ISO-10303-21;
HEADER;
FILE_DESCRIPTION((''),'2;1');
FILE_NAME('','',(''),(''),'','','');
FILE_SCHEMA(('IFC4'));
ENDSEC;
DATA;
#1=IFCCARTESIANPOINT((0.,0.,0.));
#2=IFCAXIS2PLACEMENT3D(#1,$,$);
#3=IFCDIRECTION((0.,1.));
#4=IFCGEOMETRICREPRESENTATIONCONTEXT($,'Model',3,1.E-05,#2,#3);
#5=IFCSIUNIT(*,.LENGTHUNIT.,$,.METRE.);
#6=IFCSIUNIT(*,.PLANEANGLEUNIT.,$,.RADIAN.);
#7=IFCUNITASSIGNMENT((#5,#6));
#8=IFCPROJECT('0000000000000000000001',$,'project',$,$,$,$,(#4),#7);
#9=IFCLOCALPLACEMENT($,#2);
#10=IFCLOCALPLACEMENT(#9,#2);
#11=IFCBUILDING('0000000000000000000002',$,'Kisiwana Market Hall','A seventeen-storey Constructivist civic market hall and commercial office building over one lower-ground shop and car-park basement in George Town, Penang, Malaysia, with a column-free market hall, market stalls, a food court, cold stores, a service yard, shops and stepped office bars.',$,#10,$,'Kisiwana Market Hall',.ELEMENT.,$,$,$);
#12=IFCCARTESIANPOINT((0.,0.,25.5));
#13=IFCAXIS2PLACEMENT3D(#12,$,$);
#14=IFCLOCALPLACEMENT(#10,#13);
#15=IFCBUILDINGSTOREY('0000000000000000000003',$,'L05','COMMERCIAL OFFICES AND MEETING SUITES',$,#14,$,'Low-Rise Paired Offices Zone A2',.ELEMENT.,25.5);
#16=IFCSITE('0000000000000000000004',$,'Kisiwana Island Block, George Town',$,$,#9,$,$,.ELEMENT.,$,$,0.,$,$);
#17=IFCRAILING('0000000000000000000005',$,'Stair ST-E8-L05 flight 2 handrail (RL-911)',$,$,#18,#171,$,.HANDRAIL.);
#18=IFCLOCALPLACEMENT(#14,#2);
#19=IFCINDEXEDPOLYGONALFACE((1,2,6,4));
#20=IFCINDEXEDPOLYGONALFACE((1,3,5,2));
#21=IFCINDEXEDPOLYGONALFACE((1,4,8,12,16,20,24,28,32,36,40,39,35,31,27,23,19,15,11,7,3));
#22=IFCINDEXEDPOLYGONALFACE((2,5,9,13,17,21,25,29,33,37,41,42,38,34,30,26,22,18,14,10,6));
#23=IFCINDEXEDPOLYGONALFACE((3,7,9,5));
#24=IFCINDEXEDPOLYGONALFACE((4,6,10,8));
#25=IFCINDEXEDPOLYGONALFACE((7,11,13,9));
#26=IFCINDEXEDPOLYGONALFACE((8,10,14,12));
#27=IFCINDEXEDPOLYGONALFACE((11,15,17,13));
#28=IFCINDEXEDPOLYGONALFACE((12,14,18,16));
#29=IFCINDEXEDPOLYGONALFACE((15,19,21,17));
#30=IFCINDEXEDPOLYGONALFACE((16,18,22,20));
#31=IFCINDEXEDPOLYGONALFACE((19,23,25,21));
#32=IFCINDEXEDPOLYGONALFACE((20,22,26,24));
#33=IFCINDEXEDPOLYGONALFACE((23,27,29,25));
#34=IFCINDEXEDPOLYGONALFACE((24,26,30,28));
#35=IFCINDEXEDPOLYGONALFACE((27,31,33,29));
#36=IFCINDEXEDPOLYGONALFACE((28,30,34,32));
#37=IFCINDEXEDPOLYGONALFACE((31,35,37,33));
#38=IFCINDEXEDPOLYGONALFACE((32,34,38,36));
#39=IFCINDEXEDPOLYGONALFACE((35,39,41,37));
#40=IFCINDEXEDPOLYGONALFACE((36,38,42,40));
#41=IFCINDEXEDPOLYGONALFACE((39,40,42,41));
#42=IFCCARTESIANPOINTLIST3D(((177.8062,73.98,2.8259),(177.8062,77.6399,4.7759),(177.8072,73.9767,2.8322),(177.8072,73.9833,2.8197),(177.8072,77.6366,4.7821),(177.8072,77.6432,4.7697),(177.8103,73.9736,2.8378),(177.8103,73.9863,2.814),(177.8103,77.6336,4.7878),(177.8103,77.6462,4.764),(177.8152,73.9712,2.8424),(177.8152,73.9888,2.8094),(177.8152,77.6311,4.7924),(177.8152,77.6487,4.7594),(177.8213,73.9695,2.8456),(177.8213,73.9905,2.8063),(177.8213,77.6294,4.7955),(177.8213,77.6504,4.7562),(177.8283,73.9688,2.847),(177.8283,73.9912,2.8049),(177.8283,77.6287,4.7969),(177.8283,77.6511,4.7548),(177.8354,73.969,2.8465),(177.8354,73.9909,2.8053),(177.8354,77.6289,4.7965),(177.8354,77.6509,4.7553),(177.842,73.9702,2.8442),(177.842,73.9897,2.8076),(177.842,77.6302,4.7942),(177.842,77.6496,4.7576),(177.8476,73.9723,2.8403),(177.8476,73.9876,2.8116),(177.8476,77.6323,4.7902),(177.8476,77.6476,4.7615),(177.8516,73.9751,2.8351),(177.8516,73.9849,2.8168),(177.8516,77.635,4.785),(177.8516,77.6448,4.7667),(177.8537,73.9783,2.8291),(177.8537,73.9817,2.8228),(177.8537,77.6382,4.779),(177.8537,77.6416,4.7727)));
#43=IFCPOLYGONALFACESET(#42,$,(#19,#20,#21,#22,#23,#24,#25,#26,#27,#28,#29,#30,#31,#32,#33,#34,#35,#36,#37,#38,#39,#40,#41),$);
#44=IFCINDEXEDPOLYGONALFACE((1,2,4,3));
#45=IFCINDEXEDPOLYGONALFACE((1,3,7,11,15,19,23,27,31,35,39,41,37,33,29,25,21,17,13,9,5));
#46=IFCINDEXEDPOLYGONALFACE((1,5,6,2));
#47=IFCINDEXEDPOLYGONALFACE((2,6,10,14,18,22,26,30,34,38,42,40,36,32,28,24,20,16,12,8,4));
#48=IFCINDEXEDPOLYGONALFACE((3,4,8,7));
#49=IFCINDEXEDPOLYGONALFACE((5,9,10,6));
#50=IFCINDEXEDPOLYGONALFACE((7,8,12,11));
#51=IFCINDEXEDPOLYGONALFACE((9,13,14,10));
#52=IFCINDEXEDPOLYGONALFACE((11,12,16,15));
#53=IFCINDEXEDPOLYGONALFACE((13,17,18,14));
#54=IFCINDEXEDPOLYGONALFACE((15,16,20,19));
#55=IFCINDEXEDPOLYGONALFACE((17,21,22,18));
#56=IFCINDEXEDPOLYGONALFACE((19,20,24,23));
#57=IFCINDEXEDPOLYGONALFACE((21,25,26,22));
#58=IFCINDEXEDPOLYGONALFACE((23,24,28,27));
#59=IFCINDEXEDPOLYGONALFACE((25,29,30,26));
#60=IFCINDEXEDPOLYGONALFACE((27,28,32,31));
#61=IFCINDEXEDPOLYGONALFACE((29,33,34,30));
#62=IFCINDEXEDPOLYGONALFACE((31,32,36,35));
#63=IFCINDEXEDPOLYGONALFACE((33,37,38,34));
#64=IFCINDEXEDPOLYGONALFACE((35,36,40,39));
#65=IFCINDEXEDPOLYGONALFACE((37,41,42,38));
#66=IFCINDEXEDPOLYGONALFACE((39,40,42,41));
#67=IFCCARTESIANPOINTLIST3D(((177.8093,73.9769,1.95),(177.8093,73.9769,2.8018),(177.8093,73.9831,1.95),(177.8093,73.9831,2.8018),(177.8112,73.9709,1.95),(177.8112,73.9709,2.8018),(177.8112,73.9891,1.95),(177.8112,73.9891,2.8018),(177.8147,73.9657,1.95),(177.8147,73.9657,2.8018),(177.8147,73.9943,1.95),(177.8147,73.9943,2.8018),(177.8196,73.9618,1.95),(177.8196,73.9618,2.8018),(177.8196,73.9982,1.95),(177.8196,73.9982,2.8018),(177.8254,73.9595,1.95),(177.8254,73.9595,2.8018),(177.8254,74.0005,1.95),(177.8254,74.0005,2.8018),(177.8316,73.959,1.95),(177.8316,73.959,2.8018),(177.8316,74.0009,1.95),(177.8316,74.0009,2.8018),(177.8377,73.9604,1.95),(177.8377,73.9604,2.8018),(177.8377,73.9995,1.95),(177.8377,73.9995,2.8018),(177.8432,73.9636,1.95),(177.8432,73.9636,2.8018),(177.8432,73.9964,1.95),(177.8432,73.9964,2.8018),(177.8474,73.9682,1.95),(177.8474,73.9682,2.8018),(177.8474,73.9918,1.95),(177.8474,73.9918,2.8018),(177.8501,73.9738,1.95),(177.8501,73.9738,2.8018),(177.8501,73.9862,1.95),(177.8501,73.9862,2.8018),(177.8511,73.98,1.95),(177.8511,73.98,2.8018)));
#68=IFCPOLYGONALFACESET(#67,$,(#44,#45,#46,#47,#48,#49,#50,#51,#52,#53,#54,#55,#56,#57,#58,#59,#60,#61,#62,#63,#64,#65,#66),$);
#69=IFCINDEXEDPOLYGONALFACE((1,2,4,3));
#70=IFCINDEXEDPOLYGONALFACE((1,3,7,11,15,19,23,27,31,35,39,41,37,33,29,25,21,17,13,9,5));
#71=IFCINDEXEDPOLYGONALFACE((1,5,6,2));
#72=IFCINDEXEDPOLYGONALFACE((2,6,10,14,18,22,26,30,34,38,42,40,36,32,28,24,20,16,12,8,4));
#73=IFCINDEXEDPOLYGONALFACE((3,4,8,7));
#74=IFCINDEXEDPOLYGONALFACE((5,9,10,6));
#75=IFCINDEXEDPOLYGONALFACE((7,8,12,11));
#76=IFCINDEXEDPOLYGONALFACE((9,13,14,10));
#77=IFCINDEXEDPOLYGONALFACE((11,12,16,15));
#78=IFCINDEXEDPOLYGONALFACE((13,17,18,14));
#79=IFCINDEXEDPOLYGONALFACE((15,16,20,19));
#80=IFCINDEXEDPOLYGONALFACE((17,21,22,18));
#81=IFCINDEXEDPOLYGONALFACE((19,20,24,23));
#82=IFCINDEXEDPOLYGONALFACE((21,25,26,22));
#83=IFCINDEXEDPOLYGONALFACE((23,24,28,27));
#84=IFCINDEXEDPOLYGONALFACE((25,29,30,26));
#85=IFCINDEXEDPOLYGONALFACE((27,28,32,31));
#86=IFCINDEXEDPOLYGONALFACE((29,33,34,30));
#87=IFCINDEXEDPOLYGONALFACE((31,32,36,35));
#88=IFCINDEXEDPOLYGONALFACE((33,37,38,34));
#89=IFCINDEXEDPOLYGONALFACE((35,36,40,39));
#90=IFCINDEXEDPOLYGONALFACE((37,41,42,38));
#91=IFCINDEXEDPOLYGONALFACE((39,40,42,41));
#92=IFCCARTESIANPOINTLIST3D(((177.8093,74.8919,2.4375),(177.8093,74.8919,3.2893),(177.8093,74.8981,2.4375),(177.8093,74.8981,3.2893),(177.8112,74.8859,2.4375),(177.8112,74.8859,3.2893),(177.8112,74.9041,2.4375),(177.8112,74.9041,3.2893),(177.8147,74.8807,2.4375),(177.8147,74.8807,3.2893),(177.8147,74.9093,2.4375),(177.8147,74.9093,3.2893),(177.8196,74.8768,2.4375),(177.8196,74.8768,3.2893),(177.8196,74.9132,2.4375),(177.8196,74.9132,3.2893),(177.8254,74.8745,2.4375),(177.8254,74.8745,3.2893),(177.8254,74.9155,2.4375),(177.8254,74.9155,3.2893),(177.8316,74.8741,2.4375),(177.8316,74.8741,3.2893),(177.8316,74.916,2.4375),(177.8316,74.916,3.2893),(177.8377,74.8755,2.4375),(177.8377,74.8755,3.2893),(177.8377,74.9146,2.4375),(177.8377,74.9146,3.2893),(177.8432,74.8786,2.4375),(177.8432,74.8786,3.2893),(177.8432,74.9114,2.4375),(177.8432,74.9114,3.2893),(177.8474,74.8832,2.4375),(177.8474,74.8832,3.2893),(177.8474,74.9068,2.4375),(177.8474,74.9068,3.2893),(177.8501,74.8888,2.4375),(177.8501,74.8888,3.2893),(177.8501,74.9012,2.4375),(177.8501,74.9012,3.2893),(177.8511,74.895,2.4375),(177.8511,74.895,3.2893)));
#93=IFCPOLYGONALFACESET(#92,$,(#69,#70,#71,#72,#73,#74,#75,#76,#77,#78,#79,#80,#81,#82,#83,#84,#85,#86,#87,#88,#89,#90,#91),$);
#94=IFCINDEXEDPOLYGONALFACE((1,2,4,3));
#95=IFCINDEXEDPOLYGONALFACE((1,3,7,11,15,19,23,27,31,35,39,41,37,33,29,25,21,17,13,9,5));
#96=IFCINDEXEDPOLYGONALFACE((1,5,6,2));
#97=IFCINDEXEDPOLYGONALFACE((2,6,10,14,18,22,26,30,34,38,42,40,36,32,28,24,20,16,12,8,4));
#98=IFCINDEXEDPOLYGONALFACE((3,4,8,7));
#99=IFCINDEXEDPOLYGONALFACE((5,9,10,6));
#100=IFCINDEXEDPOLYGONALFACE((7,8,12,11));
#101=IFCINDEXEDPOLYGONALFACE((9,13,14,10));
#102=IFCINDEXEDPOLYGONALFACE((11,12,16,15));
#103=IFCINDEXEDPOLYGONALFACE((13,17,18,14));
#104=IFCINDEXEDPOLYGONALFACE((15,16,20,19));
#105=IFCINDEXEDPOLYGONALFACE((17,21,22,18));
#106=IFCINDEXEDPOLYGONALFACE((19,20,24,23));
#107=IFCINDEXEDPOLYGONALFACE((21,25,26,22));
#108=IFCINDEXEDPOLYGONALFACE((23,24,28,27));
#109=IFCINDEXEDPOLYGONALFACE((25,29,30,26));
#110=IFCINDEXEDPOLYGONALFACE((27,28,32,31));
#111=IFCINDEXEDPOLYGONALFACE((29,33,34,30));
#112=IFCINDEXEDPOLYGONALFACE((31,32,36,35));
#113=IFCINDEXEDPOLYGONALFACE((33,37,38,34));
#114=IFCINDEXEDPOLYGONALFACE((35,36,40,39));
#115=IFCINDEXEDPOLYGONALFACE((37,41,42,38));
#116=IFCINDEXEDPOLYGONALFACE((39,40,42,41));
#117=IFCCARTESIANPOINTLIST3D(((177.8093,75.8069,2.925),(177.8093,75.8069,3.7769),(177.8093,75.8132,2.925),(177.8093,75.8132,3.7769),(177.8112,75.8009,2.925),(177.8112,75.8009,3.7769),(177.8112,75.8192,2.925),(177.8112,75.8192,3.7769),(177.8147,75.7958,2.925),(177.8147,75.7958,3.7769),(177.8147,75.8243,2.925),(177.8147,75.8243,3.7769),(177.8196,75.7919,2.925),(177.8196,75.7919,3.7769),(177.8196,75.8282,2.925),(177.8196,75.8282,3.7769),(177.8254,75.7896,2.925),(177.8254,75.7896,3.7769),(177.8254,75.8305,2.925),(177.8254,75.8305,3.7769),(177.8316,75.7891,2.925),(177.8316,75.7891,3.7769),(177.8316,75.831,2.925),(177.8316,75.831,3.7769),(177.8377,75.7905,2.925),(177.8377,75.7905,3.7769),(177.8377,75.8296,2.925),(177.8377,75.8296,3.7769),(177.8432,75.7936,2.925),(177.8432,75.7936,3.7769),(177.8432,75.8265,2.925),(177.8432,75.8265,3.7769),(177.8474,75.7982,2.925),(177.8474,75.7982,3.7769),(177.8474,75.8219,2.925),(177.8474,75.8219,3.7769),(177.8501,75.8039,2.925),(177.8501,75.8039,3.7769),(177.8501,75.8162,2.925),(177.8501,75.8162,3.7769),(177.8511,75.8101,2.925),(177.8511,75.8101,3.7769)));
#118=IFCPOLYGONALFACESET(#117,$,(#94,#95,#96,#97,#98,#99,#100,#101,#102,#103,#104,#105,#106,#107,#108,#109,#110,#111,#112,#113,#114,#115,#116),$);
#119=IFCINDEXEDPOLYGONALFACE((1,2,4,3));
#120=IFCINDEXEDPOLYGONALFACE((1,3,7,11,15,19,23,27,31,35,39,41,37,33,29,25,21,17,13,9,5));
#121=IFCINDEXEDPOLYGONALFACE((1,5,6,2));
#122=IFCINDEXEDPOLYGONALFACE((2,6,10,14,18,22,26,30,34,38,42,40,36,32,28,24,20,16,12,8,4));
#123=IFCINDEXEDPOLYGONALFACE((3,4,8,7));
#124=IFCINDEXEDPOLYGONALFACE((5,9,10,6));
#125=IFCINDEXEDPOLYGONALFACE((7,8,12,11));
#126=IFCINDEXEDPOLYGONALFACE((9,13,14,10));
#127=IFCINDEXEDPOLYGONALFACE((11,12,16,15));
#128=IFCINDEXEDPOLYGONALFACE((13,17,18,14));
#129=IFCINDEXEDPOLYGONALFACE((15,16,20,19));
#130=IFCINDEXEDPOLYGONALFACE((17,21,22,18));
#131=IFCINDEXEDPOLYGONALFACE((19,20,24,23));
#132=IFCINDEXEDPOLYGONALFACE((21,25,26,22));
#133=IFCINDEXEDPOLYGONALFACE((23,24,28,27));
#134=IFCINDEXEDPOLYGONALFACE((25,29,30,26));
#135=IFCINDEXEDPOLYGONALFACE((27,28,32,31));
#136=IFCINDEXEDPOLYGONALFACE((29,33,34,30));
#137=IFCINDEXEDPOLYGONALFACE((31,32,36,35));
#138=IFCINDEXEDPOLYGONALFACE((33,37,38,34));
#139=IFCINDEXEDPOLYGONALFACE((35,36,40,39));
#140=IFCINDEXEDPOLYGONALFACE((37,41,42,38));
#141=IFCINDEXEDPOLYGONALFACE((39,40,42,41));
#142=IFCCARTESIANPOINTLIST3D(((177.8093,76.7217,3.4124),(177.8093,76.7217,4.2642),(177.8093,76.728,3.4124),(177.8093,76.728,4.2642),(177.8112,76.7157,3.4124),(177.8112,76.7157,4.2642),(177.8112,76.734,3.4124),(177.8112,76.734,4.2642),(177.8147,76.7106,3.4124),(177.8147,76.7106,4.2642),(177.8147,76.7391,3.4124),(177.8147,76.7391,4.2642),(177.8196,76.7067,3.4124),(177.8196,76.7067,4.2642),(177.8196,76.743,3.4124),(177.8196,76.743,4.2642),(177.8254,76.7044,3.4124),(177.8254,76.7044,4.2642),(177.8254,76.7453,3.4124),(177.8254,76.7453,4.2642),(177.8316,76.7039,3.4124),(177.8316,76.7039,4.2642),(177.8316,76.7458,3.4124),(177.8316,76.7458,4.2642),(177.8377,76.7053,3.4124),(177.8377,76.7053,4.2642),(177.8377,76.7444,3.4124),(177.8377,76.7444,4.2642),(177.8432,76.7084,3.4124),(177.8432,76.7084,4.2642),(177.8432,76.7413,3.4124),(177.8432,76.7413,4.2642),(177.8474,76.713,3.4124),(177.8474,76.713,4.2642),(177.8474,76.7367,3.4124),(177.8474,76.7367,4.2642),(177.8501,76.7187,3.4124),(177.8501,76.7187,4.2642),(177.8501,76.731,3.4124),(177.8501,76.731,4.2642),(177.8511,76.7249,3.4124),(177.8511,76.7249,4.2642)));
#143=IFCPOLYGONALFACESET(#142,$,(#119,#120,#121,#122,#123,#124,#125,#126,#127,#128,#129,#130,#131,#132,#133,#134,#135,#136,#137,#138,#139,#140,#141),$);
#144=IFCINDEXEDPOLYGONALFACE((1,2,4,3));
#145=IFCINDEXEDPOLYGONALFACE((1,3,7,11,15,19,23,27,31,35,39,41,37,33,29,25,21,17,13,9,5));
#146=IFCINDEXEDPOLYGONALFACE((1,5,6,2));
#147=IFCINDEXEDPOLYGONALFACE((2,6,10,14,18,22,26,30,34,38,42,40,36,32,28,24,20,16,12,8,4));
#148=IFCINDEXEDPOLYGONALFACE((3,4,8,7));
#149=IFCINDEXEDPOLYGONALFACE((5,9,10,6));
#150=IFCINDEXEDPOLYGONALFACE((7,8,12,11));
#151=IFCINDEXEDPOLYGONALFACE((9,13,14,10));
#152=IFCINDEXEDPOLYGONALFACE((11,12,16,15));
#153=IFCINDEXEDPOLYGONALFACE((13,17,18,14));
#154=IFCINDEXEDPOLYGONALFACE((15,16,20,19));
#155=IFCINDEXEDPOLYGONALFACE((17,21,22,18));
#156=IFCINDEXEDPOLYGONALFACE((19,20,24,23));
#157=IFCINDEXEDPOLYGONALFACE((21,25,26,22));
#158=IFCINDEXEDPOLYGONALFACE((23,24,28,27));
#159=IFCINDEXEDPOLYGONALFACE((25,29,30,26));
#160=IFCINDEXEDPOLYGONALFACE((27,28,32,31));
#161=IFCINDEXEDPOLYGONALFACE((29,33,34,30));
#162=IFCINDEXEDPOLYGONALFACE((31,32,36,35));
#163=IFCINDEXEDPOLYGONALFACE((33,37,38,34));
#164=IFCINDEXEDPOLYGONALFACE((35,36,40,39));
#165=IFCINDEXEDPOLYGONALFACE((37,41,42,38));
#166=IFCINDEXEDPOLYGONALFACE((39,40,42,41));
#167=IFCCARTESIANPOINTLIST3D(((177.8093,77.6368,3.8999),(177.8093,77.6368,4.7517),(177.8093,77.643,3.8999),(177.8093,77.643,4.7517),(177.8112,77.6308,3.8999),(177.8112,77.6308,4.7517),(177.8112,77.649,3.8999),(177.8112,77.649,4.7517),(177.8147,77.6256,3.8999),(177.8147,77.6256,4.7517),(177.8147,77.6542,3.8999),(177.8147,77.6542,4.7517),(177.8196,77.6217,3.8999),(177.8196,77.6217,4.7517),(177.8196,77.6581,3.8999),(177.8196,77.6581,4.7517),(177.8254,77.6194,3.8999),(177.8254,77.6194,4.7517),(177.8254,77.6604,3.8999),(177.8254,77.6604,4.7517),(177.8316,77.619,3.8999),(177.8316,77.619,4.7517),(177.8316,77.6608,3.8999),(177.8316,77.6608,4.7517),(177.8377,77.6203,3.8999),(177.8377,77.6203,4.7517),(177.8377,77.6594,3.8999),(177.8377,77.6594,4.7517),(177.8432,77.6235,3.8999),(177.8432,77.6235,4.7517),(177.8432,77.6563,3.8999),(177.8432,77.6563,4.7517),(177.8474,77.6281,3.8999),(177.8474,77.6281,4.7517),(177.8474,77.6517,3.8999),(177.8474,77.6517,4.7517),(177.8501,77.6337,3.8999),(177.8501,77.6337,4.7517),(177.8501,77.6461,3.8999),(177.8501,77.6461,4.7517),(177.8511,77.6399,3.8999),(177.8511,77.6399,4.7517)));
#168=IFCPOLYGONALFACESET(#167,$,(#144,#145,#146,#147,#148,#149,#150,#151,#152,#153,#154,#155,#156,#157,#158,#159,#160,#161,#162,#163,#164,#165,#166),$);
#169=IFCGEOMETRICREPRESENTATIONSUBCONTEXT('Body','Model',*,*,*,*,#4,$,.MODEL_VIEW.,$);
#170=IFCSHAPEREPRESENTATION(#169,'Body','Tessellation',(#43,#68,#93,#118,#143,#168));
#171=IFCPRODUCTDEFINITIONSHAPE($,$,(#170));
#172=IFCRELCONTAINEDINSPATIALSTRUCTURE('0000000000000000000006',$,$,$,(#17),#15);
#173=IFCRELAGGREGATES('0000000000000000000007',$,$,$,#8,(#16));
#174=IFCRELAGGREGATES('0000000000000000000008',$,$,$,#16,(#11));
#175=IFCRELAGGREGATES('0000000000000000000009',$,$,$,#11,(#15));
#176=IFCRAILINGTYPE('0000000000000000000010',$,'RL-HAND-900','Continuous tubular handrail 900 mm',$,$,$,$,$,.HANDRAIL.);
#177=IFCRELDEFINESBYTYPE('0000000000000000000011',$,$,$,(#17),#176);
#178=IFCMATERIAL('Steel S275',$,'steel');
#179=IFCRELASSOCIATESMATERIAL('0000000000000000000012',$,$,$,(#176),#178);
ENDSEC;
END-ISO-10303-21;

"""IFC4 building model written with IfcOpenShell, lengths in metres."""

from ifc_helpers import new_model, si_unit, direction, frame, origin, origin_2d, place, context, subcontext, project, spatial, circle, extrude, material, type_object, element, save


model = new_model("IFC4")

# Units and contexts
model_context = context("Model", 3, precision=1e-05, world=origin(), true_north=direction((0.0, 1.0)))
body_context = subcontext(model_context, "Body", "Model", "MODEL_VIEW")
ifc_project = project(units=[si_unit("LENGTHUNIT", "METRE"), si_unit("PLANEANGLEUNIT", "RADIAN")], contexts=[model_context])

# Site, building, storey
site_placement = place(None, origin())
site = spatial("IfcSite", under=ifc_project, at=site_placement, Name="Kisiwana Island Block, George Town", CompositionType="ELEMENT", RefElevation=0.0)
building_placement = place(site_placement, origin())
building = spatial("IfcBuilding", under=site, at=building_placement, Name="Kisiwana Market Hall", Description="A seventeen-storey Constructivist civic market hall and commercial office building over one lower-ground shop and car-park basement in George Town, Penang, Malaysia, with a column-free market hall, market stalls, a food court, cold stores, a service yard, shops and stepped office bars.", LongName="Kisiwana Market Hall", CompositionType="ELEMENT")
storey_placement = place(building_placement, frame((0.0, 0.0, 25.5)))
storey = spatial("IfcBuildingStorey", under=building, at=storey_placement, Name="L05", Description="COMMERCIAL OFFICES AND MEETING SUITES", LongName="Low-Rise Paired Offices Zone A2", CompositionType="ELEMENT", Elevation=25.5)

# Railing
ifc_material_1 = material(Name="Steel S275", Category="steel")
railing_type_1 = type_object("IfcRailingType", Name="RL-HAND-900", Description="Continuous tubular handrail 900 mm", PredefinedType="HANDRAIL", material=ifc_material_1)
for number, where, name in (
    (1, (177.8301, 73.98, 1.95), "Stair ST-E8-L05 flight 2 handrail (RL-911)"),
):
    element("IfcRailing", number, at=place(storey_placement, frame(where)), inside=storey, type_object=railing_type_1, Name=name, PredefinedType="HANDRAIL", context=body_context, shape_type="SweptSolid", body=[
        extrude(circle(Radius=0.0239, at=origin_2d()), frame((0.0, 0.0, 0.876), z_axis=(0.0, 0.882553, 0.470212), x_axis=(-1.0, 0.0, 0.0)), (0.0, 0.0, 1.0), 4.147),
        extrude(circle(Radius=0.021, at=origin_2d()), origin(), (0.0, 0.0, 1.0), 0.8518),
        extrude(circle(Radius=0.021, at=origin_2d()), frame((0.0, 0.915, 0.4875)), (0.0, 0.0, 1.0), 0.8518),
        extrude(circle(Radius=0.021, at=origin_2d()), frame((0.0, 1.8301, 0.9751)), (0.0, 0.0, 1.0), 0.8518),
        extrude(circle(Radius=0.021, at=origin_2d()), frame((0.0, 2.7449, 1.4624)), (0.0, 0.0, 1.0), 0.8518),
        extrude(circle(Radius=0.021, at=origin_2d()), frame((0.0, 3.6599, 1.95)), (0.0, 0.0, 1.0), 0.8518),
    ])

save(model, "model.ifc")
